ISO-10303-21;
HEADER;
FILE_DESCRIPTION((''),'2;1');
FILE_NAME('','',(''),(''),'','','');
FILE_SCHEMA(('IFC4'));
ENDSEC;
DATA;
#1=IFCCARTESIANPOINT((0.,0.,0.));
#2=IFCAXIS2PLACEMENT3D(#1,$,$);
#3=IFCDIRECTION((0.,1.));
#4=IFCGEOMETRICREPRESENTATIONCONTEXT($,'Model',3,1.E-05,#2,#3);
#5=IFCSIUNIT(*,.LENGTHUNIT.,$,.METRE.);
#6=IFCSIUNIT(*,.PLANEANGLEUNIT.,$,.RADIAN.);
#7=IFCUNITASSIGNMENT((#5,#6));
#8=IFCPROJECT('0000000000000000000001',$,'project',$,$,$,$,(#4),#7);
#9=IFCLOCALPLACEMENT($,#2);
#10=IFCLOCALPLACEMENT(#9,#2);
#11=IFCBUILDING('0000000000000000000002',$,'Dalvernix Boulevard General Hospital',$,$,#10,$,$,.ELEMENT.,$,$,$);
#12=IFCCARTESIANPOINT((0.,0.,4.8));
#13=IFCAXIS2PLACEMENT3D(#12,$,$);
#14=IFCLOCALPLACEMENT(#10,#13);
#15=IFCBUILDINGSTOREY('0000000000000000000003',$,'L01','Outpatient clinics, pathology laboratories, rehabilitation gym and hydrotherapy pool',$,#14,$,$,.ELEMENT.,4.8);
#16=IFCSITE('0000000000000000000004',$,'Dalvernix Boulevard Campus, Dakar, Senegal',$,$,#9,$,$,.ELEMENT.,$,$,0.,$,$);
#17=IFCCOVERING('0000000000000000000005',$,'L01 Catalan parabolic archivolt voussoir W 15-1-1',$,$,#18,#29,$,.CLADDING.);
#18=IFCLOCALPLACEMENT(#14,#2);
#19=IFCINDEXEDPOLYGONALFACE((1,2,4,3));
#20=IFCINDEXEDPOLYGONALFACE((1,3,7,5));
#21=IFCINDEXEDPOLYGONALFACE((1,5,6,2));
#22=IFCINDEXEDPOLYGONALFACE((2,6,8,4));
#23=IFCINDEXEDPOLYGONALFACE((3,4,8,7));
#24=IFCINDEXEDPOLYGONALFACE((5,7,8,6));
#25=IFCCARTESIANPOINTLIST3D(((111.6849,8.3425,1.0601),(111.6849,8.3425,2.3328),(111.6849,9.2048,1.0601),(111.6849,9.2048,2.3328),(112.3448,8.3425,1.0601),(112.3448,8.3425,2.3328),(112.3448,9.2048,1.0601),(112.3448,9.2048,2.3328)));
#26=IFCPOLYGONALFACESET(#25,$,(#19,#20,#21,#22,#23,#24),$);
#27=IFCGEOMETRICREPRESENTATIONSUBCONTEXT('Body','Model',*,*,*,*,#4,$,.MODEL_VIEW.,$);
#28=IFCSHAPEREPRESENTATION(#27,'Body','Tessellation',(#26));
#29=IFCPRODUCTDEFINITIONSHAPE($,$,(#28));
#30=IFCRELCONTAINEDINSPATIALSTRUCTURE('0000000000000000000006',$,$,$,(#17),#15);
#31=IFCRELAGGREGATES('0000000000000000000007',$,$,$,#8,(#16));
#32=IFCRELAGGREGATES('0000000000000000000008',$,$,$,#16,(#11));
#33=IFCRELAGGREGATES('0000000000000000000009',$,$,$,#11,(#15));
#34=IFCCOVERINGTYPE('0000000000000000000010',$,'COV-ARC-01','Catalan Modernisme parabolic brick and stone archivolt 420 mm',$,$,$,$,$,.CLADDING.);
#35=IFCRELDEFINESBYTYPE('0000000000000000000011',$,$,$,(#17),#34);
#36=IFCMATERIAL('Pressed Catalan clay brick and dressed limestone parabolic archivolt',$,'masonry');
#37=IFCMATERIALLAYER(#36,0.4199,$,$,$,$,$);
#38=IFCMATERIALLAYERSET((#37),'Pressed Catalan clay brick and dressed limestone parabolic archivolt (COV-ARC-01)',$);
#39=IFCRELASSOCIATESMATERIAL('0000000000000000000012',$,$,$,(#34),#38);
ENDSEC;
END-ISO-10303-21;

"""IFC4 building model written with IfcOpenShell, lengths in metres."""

from ifc_helpers import new_model, si_unit, direction, frame, origin, origin_2d, place, context, subcontext, project, spatial, rectangle, extrude, material, layer, layer_set, type_object, element, save


model = new_model("IFC4")

# Units and contexts
model_context = context("Model", 3, precision=1e-05, world=origin(), true_north=direction((0.0, 1.0)))
body_context = subcontext(model_context, "Body", "Model", "MODEL_VIEW")
ifc_project = project(units=[si_unit("LENGTHUNIT", "METRE"), si_unit("PLANEANGLEUNIT", "RADIAN")], contexts=[model_context])

# Site, building, storey
site_placement = place(None, origin())
site = spatial("IfcSite", under=ifc_project, at=site_placement, Name="Dalvernix Boulevard Campus, Dakar, Senegal", CompositionType="ELEMENT", RefElevation=0.0)
building_placement = place(site_placement, origin())
building = spatial("IfcBuilding", under=site, at=building_placement, Name="Dalvernix Boulevard General Hospital", CompositionType="ELEMENT")
storey_placement = place(building_placement, frame((0.0, 0.0, 4.8)))
storey = spatial("IfcBuildingStorey", under=building, at=storey_placement, Name="L01", Description="Outpatient clinics, pathology laboratories, rehabilitation gym and hydrotherapy pool", CompositionType="ELEMENT", Elevation=4.8)

# Covering
ifc_material_1 = material(Name="Pressed Catalan clay brick and dressed limestone parabolic archivolt", Category="masonry")
ifc_layer_1 = layer(ifc_material_1, 0.4199)
ifc_layer_set_1 = layer_set([ifc_layer_1], Name="Pressed Catalan clay brick and dressed limestone parabolic archivolt (COV-ARC-01)")
covering_type = type_object("IfcCoveringType", Name="COV-ARC-01", Description="Catalan Modernisme parabolic brick and stone archivolt 420 mm", PredefinedType="CLADDING", material=ifc_layer_set_1)
covering_1_placement = place(storey_placement, frame((112.0149, 8.7737, 1.0601), z_axis=(0.0, 0.0, 1.0), x_axis=(0.0, 1.0, 0.0)))
element("IfcCovering", 1, at=covering_1_placement, inside=storey, type_object=covering_type, Name="L01 Catalan parabolic archivolt voussoir W 15-1-1", PredefinedType="CLADDING", context=body_context, shape_type="SweptSolid", body=[
    extrude(rectangle(XDim=0.8623, YDim=0.6599, at=origin_2d()), origin(), (0.0, 0.0, 1.0), 1.2727),
])

save(model, "model.ifc")
